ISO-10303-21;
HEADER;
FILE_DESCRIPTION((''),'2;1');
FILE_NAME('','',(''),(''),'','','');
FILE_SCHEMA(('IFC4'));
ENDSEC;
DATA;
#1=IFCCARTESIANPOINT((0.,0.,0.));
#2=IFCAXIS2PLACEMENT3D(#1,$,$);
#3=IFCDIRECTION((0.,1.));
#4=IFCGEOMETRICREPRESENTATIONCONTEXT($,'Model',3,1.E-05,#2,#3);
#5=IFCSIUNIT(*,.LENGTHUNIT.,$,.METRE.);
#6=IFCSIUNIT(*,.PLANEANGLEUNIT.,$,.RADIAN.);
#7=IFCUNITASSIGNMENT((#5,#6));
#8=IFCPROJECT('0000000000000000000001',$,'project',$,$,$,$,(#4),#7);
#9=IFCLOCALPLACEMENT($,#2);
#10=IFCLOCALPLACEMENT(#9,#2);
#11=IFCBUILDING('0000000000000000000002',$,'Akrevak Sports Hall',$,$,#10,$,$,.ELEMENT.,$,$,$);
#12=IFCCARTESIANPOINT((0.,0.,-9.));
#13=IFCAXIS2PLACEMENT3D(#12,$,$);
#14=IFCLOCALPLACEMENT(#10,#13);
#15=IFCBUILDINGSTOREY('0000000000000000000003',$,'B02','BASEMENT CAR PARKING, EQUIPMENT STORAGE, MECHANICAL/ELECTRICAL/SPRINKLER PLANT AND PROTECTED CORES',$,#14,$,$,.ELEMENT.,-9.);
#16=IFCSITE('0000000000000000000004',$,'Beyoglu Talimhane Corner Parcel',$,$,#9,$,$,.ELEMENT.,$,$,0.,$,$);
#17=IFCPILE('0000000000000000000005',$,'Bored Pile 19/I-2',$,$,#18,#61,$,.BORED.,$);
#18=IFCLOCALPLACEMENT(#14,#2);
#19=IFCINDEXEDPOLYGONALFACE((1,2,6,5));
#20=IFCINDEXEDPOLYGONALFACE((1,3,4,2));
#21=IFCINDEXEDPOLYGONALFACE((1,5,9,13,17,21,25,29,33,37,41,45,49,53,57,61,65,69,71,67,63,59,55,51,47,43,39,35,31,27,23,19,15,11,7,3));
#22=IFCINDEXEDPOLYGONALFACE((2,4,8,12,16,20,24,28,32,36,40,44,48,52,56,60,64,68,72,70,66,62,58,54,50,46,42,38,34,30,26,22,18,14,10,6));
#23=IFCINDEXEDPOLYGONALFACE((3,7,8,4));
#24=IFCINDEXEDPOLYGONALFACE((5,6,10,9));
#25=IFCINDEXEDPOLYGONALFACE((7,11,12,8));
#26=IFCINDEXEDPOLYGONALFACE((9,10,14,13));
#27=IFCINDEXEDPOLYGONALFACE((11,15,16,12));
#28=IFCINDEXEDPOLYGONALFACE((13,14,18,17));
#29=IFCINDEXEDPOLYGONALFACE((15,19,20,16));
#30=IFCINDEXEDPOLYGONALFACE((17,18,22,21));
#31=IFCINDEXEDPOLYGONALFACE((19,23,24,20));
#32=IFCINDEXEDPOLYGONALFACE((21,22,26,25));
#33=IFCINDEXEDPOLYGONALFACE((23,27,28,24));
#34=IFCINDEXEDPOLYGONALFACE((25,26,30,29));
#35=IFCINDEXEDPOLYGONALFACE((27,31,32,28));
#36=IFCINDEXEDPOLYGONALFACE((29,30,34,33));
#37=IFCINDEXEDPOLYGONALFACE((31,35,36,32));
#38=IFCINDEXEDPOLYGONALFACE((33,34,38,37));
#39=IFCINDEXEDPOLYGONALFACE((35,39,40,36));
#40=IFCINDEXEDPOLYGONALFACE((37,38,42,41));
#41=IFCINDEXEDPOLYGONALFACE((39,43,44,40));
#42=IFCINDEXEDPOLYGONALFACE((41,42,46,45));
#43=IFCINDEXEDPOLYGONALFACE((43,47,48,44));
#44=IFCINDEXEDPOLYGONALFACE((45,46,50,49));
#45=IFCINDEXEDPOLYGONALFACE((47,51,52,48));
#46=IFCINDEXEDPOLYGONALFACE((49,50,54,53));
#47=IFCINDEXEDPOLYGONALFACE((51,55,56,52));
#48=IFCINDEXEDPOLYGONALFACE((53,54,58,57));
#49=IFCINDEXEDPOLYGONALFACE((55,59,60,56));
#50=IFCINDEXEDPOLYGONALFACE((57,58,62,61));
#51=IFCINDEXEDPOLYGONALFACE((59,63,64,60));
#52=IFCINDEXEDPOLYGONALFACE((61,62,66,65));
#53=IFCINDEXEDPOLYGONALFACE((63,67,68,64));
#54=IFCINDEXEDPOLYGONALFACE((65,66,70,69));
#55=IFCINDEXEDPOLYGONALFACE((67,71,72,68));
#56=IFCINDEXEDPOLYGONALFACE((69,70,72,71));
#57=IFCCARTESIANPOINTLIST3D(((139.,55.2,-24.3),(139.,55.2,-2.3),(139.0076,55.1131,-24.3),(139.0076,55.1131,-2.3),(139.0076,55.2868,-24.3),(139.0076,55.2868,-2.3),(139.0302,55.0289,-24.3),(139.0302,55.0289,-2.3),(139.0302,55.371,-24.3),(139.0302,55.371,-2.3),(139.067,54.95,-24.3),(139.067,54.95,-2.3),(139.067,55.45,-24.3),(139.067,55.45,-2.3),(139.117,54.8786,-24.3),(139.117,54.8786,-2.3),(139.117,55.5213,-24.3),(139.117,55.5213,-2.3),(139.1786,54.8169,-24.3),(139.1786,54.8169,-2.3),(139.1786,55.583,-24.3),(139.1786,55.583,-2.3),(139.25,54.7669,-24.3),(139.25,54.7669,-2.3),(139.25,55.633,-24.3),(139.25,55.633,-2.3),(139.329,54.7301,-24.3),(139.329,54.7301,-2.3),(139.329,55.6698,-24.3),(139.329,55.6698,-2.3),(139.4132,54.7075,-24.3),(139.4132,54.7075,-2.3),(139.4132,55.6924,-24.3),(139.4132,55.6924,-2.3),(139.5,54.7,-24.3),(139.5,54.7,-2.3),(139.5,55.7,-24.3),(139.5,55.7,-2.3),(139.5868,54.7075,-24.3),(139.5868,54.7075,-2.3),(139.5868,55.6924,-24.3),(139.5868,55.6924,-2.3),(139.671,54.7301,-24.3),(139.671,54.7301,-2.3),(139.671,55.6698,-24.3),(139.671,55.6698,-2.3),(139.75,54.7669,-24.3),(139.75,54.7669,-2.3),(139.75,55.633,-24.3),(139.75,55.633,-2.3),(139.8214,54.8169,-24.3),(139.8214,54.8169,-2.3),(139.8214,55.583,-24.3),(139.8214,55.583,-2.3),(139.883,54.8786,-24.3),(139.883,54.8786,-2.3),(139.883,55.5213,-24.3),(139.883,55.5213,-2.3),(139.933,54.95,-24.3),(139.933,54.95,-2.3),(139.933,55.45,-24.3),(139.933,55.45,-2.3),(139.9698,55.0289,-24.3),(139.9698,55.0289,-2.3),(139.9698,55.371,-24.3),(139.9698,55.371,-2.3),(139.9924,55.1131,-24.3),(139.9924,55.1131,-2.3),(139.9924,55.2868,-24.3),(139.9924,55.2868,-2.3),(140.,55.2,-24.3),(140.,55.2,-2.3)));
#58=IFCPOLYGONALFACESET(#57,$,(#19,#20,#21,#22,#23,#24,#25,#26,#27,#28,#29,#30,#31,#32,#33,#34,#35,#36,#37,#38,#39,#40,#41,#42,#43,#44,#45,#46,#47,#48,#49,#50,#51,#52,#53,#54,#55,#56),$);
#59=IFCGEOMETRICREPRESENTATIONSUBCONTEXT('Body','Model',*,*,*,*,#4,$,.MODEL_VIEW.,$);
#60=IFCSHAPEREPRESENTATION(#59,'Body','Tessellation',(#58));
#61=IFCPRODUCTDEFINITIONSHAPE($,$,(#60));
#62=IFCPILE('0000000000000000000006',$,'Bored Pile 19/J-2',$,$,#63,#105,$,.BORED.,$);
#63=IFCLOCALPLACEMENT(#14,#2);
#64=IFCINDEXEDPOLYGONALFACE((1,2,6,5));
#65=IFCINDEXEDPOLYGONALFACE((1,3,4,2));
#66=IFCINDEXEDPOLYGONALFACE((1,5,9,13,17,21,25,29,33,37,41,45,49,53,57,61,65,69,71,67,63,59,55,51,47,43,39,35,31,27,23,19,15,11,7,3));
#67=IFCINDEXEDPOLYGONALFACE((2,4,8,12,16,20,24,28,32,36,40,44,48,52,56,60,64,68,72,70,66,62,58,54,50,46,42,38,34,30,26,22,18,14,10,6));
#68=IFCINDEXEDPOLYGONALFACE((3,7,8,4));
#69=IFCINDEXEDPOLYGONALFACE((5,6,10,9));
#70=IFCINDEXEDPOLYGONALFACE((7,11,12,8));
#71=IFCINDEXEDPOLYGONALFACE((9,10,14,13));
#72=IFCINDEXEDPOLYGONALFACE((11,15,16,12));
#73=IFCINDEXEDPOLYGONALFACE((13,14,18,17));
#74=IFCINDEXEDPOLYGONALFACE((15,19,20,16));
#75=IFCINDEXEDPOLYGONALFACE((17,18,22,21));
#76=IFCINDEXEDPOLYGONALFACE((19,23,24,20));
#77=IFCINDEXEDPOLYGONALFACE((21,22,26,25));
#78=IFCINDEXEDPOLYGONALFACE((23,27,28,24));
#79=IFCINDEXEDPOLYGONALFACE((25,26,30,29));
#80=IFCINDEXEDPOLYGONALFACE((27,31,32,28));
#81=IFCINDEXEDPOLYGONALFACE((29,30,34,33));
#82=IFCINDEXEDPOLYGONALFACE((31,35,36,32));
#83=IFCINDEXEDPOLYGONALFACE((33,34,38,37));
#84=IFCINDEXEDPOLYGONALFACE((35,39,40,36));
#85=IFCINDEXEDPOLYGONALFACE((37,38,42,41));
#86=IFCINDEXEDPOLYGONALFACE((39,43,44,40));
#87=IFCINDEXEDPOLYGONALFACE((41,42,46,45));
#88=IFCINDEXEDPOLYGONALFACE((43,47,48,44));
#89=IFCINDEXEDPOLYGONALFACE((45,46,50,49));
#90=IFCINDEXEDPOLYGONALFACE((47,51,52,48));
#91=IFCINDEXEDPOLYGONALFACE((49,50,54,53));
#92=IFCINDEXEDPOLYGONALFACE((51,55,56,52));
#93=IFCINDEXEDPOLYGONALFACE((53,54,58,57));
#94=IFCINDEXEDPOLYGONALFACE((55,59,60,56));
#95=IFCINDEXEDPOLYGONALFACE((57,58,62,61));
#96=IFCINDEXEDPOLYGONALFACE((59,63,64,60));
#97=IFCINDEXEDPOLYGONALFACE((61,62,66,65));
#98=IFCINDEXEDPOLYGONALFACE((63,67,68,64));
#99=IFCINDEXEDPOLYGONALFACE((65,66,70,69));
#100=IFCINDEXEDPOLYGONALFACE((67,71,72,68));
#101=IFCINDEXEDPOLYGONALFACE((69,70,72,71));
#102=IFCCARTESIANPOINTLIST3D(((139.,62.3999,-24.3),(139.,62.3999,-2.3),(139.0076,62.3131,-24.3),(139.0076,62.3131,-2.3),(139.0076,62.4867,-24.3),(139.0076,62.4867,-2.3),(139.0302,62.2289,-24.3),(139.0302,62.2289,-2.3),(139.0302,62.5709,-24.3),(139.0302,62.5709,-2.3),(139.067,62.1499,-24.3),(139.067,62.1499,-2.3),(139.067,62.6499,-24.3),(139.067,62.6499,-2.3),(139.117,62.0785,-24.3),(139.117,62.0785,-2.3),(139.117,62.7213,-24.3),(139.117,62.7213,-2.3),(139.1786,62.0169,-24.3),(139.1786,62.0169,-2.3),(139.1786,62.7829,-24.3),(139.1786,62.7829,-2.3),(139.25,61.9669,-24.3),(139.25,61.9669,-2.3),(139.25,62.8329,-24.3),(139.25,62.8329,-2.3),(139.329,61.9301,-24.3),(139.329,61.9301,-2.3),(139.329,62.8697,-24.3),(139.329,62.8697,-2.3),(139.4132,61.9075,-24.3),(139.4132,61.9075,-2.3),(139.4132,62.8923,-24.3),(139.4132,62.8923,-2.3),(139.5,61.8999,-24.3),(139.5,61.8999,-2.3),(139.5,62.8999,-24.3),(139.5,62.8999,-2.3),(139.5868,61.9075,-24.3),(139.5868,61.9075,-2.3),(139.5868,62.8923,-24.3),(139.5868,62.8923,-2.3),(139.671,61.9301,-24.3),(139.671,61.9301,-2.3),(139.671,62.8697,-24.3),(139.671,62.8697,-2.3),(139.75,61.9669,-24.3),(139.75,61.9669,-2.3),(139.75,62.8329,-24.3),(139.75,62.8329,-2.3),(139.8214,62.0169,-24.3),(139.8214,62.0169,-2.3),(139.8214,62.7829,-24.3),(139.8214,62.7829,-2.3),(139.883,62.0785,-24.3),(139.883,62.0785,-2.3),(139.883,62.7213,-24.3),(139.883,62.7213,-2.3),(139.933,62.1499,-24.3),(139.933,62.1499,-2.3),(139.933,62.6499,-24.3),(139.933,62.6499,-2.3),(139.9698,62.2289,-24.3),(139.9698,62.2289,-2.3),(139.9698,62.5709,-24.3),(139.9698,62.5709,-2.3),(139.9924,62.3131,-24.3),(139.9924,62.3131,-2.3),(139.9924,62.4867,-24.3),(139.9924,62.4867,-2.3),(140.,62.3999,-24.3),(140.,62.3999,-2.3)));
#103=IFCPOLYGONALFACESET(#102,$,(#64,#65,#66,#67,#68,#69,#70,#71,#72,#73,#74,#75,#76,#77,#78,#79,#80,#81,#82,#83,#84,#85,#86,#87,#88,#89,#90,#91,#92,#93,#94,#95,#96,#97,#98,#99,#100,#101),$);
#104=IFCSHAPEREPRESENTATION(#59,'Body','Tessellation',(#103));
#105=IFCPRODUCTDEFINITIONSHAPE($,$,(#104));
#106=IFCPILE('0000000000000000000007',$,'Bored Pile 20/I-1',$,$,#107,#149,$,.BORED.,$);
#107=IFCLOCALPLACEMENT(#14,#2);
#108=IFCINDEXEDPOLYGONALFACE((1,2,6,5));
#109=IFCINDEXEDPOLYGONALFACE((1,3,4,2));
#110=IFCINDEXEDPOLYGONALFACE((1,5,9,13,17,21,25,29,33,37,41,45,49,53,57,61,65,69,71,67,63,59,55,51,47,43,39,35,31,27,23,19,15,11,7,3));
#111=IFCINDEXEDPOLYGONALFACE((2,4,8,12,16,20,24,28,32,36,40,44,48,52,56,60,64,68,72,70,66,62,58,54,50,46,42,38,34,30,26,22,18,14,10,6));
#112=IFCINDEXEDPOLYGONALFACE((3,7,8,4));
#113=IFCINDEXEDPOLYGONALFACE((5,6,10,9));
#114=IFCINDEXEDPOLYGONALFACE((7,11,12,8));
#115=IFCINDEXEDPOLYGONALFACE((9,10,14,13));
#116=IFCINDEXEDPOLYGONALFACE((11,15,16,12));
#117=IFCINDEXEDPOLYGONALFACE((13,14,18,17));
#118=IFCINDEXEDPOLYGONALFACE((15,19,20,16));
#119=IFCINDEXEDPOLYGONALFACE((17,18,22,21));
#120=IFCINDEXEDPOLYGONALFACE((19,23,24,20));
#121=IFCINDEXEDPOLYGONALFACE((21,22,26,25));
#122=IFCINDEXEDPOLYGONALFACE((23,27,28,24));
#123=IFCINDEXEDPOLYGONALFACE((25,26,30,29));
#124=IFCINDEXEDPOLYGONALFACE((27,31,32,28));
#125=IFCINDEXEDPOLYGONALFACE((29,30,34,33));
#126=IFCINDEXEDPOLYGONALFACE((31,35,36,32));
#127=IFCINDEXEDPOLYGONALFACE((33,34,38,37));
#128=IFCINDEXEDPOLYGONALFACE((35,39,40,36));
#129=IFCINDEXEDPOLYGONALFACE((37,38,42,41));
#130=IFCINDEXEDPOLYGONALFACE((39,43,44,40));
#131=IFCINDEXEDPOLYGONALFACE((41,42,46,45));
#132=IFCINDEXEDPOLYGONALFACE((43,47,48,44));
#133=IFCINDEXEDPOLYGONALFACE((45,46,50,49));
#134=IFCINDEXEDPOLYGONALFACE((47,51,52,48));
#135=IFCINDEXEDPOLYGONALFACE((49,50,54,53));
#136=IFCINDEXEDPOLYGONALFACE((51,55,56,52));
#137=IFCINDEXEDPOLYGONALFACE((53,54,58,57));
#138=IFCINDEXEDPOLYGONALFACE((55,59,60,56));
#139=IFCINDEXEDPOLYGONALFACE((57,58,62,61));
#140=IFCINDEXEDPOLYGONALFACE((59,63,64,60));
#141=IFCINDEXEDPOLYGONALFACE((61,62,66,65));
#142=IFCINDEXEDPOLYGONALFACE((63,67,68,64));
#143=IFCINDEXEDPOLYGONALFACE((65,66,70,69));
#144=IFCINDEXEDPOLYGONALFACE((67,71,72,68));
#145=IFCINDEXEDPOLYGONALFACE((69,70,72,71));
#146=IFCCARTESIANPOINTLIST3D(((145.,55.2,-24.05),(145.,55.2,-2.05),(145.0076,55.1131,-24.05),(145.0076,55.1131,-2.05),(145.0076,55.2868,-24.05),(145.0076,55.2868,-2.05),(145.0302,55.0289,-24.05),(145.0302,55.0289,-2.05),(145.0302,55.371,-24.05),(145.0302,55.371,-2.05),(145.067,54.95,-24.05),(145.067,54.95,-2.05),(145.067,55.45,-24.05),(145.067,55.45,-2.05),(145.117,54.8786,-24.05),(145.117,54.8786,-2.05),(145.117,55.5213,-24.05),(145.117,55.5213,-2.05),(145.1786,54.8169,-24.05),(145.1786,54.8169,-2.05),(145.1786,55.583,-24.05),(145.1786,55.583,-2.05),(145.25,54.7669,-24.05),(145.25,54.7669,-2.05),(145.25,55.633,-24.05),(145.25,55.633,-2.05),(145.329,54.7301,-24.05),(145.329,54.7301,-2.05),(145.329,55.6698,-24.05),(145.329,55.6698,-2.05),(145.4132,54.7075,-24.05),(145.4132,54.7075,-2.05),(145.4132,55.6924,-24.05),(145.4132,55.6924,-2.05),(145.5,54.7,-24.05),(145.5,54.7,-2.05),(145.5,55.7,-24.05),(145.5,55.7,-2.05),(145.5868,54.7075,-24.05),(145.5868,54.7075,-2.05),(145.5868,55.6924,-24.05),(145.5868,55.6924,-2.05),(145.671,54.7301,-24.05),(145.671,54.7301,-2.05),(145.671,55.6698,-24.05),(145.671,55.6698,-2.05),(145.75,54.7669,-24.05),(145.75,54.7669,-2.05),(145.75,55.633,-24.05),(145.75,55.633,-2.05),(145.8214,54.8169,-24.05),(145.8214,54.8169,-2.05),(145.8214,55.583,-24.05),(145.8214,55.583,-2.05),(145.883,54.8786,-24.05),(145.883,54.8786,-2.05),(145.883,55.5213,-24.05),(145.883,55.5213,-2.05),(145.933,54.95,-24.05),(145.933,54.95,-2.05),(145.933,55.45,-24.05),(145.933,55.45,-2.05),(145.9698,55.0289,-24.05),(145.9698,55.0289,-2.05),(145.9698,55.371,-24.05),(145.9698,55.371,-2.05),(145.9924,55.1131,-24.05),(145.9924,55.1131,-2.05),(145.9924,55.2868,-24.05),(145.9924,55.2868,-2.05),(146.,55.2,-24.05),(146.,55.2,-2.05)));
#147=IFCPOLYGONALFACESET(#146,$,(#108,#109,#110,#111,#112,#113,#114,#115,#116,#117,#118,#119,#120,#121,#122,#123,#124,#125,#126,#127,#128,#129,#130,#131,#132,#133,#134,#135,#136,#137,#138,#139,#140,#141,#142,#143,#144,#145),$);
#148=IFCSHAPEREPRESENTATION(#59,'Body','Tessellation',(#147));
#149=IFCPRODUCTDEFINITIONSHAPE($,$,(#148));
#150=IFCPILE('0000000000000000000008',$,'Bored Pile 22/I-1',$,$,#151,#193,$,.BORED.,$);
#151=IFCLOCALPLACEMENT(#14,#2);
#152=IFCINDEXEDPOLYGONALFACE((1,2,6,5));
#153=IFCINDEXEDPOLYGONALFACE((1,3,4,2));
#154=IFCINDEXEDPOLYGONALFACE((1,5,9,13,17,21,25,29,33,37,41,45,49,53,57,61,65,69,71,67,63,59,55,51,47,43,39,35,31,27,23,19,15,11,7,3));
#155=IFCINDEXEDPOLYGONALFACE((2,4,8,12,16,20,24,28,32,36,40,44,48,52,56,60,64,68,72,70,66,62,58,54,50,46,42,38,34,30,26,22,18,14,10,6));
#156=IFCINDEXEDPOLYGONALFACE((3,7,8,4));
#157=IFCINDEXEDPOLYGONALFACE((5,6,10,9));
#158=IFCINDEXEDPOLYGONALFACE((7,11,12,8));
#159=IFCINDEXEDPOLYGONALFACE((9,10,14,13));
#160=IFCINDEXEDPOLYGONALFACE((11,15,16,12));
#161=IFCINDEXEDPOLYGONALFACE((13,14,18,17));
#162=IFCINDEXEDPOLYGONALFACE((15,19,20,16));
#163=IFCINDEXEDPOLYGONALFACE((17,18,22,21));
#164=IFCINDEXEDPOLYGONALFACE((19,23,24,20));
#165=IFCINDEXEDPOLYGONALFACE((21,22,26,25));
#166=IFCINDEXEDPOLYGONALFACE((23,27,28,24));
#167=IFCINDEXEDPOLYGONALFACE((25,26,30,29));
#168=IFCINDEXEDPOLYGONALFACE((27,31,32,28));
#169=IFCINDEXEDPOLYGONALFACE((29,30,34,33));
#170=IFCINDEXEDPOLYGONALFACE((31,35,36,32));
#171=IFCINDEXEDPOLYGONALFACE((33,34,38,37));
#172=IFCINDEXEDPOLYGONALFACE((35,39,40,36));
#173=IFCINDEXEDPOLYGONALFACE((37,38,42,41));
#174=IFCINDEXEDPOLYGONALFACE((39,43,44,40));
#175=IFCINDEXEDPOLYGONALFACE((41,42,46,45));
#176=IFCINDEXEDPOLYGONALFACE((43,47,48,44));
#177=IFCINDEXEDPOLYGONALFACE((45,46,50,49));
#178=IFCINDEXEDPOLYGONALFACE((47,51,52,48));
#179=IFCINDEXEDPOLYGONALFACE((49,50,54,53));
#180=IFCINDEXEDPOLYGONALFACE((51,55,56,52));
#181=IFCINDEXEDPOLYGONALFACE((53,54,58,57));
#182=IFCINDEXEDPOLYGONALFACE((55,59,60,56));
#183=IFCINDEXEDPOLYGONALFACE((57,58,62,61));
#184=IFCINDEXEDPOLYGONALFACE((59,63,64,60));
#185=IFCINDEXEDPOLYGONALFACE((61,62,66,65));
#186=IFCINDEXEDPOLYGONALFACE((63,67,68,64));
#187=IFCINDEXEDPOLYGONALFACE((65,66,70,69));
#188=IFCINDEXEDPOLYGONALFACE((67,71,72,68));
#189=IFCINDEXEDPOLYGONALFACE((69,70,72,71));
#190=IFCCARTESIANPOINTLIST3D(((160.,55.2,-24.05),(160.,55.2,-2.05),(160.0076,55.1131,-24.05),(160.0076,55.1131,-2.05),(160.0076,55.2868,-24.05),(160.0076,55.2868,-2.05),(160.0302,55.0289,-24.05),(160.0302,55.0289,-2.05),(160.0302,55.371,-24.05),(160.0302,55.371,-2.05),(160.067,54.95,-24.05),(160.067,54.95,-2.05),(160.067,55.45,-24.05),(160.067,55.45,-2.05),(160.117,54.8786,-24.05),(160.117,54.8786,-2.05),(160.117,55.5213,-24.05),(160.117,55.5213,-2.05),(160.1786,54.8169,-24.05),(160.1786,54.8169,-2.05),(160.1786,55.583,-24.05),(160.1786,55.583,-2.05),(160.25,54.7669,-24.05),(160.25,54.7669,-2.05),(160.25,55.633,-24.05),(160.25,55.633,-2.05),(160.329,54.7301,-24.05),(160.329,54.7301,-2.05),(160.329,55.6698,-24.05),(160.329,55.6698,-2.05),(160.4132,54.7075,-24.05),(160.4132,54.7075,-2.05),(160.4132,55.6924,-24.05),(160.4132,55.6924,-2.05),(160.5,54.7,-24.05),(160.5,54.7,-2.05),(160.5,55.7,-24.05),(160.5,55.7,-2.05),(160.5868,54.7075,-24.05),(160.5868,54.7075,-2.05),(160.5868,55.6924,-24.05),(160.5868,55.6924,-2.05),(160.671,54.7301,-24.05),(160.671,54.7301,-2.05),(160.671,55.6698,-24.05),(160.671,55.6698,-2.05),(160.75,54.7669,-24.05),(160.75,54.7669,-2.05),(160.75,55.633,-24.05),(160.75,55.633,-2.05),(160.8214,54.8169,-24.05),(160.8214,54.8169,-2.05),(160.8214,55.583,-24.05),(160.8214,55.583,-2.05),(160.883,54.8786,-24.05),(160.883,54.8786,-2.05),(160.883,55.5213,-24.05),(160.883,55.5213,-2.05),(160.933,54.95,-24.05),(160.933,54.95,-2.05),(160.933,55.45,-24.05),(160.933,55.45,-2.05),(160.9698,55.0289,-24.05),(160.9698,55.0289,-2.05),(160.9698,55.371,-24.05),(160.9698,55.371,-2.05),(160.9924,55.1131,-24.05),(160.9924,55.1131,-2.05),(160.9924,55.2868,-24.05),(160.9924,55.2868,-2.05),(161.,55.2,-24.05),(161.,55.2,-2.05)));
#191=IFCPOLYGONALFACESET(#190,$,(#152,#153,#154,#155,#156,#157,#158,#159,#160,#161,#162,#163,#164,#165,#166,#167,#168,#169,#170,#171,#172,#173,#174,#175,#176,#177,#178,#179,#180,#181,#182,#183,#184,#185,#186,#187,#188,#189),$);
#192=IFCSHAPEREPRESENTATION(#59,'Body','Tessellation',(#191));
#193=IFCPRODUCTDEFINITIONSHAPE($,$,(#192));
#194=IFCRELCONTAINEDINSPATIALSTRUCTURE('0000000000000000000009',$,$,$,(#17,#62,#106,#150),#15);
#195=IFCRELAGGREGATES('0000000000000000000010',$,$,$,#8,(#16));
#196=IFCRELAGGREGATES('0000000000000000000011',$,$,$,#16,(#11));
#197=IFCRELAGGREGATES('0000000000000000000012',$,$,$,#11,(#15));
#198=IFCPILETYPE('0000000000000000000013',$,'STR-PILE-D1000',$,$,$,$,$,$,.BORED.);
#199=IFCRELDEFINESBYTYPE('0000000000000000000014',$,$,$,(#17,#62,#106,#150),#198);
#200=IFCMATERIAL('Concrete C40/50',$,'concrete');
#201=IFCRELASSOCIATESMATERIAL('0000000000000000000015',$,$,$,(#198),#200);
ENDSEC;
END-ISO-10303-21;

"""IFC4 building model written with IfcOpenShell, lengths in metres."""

from ifc_helpers import new_model, si_unit, direction, frame, origin, origin_2d, place, context, subcontext, project, spatial, circle, extrude, material, material_profile, profile_set, type_object, element, save


model = new_model("IFC4")

# Units and contexts
model_context = context("Model", 3, precision=1e-05, world=origin(), true_north=direction((0.0, 1.0)))
body_context = subcontext(model_context, "Body", "Model", "MODEL_VIEW")
ifc_project = project(units=[si_unit("LENGTHUNIT", "METRE"), si_unit("PLANEANGLEUNIT", "RADIAN")], contexts=[model_context])

# Site, building, storey
site_placement = place(None, origin())
site = spatial("IfcSite", under=ifc_project, at=site_placement, Name="Beyoglu Talimhane Corner Parcel", CompositionType="ELEMENT", RefElevation=0.0)
building_placement = place(site_placement, origin())
building = spatial("IfcBuilding", under=site, at=building_placement, Name="Akrevak Sports Hall", CompositionType="ELEMENT")
storey_placement = place(building_placement, frame((0.0, 0.0, -9.0)))
storey = spatial("IfcBuildingStorey", under=building, at=storey_placement, Name="B02", Description="BASEMENT CAR PARKING, EQUIPMENT STORAGE, MECHANICAL/ELECTRICAL/SPRINKLER PLANT AND PROTECTED CORES", CompositionType="ELEMENT", Elevation=-9.0)

# Shared definitions
ifc_material_1 = material(Name="Concrete C40/50", Category="concrete")

# Piles
ifc_material_profile_1 = material_profile(ifc_material_1, circle(Radius=0.5, at=origin_2d()), Name="BORED PILE D1000", Category="concrete")
ifc_profile_set_1 = profile_set([ifc_material_profile_1], Name="Concrete C40/50")
pile_type_1 = type_object("IfcPileType", Name="STR-PILE-D1000", PredefinedType="BORED", material=ifc_profile_set_1)
for number, where, z_axis, x_axis, name in (
    (1, (139.5, 55.2, -2.3), (0.0, 0.0, -1.0), (1.0, 0.0, 0.0), "Bored Pile 19/I-2"),
    (2, (139.5, 62.3999, -2.3), (0.0, 0.0, -1.0), (1.0, 0.0, 0.0), "Bored Pile 19/J-2"),
    (3, (145.5, 55.2, -2.05), (0.0, 0.0, -1.0), (1.0, 0.0, 0.0), "Bored Pile 20/I-1"),
    (4, (160.5, 55.2, -2.05), (0.0, 0.0, -1.0), (1.0, 0.0, 0.0), "Bored Pile 22/I-1"),
):
    element("IfcPile", number, at=place(storey_placement, frame(where, z_axis=z_axis, x_axis=x_axis)), inside=storey, type_object=pile_type_1, Name=name, PredefinedType="BORED", context=body_context, shape_type="SweptSolid", body=[
        extrude(circle(Radius=0.5, at=origin_2d()), origin(), (0.0, 0.0, 1.0), 22.0),
    ])

save(model, "model.ifc")
